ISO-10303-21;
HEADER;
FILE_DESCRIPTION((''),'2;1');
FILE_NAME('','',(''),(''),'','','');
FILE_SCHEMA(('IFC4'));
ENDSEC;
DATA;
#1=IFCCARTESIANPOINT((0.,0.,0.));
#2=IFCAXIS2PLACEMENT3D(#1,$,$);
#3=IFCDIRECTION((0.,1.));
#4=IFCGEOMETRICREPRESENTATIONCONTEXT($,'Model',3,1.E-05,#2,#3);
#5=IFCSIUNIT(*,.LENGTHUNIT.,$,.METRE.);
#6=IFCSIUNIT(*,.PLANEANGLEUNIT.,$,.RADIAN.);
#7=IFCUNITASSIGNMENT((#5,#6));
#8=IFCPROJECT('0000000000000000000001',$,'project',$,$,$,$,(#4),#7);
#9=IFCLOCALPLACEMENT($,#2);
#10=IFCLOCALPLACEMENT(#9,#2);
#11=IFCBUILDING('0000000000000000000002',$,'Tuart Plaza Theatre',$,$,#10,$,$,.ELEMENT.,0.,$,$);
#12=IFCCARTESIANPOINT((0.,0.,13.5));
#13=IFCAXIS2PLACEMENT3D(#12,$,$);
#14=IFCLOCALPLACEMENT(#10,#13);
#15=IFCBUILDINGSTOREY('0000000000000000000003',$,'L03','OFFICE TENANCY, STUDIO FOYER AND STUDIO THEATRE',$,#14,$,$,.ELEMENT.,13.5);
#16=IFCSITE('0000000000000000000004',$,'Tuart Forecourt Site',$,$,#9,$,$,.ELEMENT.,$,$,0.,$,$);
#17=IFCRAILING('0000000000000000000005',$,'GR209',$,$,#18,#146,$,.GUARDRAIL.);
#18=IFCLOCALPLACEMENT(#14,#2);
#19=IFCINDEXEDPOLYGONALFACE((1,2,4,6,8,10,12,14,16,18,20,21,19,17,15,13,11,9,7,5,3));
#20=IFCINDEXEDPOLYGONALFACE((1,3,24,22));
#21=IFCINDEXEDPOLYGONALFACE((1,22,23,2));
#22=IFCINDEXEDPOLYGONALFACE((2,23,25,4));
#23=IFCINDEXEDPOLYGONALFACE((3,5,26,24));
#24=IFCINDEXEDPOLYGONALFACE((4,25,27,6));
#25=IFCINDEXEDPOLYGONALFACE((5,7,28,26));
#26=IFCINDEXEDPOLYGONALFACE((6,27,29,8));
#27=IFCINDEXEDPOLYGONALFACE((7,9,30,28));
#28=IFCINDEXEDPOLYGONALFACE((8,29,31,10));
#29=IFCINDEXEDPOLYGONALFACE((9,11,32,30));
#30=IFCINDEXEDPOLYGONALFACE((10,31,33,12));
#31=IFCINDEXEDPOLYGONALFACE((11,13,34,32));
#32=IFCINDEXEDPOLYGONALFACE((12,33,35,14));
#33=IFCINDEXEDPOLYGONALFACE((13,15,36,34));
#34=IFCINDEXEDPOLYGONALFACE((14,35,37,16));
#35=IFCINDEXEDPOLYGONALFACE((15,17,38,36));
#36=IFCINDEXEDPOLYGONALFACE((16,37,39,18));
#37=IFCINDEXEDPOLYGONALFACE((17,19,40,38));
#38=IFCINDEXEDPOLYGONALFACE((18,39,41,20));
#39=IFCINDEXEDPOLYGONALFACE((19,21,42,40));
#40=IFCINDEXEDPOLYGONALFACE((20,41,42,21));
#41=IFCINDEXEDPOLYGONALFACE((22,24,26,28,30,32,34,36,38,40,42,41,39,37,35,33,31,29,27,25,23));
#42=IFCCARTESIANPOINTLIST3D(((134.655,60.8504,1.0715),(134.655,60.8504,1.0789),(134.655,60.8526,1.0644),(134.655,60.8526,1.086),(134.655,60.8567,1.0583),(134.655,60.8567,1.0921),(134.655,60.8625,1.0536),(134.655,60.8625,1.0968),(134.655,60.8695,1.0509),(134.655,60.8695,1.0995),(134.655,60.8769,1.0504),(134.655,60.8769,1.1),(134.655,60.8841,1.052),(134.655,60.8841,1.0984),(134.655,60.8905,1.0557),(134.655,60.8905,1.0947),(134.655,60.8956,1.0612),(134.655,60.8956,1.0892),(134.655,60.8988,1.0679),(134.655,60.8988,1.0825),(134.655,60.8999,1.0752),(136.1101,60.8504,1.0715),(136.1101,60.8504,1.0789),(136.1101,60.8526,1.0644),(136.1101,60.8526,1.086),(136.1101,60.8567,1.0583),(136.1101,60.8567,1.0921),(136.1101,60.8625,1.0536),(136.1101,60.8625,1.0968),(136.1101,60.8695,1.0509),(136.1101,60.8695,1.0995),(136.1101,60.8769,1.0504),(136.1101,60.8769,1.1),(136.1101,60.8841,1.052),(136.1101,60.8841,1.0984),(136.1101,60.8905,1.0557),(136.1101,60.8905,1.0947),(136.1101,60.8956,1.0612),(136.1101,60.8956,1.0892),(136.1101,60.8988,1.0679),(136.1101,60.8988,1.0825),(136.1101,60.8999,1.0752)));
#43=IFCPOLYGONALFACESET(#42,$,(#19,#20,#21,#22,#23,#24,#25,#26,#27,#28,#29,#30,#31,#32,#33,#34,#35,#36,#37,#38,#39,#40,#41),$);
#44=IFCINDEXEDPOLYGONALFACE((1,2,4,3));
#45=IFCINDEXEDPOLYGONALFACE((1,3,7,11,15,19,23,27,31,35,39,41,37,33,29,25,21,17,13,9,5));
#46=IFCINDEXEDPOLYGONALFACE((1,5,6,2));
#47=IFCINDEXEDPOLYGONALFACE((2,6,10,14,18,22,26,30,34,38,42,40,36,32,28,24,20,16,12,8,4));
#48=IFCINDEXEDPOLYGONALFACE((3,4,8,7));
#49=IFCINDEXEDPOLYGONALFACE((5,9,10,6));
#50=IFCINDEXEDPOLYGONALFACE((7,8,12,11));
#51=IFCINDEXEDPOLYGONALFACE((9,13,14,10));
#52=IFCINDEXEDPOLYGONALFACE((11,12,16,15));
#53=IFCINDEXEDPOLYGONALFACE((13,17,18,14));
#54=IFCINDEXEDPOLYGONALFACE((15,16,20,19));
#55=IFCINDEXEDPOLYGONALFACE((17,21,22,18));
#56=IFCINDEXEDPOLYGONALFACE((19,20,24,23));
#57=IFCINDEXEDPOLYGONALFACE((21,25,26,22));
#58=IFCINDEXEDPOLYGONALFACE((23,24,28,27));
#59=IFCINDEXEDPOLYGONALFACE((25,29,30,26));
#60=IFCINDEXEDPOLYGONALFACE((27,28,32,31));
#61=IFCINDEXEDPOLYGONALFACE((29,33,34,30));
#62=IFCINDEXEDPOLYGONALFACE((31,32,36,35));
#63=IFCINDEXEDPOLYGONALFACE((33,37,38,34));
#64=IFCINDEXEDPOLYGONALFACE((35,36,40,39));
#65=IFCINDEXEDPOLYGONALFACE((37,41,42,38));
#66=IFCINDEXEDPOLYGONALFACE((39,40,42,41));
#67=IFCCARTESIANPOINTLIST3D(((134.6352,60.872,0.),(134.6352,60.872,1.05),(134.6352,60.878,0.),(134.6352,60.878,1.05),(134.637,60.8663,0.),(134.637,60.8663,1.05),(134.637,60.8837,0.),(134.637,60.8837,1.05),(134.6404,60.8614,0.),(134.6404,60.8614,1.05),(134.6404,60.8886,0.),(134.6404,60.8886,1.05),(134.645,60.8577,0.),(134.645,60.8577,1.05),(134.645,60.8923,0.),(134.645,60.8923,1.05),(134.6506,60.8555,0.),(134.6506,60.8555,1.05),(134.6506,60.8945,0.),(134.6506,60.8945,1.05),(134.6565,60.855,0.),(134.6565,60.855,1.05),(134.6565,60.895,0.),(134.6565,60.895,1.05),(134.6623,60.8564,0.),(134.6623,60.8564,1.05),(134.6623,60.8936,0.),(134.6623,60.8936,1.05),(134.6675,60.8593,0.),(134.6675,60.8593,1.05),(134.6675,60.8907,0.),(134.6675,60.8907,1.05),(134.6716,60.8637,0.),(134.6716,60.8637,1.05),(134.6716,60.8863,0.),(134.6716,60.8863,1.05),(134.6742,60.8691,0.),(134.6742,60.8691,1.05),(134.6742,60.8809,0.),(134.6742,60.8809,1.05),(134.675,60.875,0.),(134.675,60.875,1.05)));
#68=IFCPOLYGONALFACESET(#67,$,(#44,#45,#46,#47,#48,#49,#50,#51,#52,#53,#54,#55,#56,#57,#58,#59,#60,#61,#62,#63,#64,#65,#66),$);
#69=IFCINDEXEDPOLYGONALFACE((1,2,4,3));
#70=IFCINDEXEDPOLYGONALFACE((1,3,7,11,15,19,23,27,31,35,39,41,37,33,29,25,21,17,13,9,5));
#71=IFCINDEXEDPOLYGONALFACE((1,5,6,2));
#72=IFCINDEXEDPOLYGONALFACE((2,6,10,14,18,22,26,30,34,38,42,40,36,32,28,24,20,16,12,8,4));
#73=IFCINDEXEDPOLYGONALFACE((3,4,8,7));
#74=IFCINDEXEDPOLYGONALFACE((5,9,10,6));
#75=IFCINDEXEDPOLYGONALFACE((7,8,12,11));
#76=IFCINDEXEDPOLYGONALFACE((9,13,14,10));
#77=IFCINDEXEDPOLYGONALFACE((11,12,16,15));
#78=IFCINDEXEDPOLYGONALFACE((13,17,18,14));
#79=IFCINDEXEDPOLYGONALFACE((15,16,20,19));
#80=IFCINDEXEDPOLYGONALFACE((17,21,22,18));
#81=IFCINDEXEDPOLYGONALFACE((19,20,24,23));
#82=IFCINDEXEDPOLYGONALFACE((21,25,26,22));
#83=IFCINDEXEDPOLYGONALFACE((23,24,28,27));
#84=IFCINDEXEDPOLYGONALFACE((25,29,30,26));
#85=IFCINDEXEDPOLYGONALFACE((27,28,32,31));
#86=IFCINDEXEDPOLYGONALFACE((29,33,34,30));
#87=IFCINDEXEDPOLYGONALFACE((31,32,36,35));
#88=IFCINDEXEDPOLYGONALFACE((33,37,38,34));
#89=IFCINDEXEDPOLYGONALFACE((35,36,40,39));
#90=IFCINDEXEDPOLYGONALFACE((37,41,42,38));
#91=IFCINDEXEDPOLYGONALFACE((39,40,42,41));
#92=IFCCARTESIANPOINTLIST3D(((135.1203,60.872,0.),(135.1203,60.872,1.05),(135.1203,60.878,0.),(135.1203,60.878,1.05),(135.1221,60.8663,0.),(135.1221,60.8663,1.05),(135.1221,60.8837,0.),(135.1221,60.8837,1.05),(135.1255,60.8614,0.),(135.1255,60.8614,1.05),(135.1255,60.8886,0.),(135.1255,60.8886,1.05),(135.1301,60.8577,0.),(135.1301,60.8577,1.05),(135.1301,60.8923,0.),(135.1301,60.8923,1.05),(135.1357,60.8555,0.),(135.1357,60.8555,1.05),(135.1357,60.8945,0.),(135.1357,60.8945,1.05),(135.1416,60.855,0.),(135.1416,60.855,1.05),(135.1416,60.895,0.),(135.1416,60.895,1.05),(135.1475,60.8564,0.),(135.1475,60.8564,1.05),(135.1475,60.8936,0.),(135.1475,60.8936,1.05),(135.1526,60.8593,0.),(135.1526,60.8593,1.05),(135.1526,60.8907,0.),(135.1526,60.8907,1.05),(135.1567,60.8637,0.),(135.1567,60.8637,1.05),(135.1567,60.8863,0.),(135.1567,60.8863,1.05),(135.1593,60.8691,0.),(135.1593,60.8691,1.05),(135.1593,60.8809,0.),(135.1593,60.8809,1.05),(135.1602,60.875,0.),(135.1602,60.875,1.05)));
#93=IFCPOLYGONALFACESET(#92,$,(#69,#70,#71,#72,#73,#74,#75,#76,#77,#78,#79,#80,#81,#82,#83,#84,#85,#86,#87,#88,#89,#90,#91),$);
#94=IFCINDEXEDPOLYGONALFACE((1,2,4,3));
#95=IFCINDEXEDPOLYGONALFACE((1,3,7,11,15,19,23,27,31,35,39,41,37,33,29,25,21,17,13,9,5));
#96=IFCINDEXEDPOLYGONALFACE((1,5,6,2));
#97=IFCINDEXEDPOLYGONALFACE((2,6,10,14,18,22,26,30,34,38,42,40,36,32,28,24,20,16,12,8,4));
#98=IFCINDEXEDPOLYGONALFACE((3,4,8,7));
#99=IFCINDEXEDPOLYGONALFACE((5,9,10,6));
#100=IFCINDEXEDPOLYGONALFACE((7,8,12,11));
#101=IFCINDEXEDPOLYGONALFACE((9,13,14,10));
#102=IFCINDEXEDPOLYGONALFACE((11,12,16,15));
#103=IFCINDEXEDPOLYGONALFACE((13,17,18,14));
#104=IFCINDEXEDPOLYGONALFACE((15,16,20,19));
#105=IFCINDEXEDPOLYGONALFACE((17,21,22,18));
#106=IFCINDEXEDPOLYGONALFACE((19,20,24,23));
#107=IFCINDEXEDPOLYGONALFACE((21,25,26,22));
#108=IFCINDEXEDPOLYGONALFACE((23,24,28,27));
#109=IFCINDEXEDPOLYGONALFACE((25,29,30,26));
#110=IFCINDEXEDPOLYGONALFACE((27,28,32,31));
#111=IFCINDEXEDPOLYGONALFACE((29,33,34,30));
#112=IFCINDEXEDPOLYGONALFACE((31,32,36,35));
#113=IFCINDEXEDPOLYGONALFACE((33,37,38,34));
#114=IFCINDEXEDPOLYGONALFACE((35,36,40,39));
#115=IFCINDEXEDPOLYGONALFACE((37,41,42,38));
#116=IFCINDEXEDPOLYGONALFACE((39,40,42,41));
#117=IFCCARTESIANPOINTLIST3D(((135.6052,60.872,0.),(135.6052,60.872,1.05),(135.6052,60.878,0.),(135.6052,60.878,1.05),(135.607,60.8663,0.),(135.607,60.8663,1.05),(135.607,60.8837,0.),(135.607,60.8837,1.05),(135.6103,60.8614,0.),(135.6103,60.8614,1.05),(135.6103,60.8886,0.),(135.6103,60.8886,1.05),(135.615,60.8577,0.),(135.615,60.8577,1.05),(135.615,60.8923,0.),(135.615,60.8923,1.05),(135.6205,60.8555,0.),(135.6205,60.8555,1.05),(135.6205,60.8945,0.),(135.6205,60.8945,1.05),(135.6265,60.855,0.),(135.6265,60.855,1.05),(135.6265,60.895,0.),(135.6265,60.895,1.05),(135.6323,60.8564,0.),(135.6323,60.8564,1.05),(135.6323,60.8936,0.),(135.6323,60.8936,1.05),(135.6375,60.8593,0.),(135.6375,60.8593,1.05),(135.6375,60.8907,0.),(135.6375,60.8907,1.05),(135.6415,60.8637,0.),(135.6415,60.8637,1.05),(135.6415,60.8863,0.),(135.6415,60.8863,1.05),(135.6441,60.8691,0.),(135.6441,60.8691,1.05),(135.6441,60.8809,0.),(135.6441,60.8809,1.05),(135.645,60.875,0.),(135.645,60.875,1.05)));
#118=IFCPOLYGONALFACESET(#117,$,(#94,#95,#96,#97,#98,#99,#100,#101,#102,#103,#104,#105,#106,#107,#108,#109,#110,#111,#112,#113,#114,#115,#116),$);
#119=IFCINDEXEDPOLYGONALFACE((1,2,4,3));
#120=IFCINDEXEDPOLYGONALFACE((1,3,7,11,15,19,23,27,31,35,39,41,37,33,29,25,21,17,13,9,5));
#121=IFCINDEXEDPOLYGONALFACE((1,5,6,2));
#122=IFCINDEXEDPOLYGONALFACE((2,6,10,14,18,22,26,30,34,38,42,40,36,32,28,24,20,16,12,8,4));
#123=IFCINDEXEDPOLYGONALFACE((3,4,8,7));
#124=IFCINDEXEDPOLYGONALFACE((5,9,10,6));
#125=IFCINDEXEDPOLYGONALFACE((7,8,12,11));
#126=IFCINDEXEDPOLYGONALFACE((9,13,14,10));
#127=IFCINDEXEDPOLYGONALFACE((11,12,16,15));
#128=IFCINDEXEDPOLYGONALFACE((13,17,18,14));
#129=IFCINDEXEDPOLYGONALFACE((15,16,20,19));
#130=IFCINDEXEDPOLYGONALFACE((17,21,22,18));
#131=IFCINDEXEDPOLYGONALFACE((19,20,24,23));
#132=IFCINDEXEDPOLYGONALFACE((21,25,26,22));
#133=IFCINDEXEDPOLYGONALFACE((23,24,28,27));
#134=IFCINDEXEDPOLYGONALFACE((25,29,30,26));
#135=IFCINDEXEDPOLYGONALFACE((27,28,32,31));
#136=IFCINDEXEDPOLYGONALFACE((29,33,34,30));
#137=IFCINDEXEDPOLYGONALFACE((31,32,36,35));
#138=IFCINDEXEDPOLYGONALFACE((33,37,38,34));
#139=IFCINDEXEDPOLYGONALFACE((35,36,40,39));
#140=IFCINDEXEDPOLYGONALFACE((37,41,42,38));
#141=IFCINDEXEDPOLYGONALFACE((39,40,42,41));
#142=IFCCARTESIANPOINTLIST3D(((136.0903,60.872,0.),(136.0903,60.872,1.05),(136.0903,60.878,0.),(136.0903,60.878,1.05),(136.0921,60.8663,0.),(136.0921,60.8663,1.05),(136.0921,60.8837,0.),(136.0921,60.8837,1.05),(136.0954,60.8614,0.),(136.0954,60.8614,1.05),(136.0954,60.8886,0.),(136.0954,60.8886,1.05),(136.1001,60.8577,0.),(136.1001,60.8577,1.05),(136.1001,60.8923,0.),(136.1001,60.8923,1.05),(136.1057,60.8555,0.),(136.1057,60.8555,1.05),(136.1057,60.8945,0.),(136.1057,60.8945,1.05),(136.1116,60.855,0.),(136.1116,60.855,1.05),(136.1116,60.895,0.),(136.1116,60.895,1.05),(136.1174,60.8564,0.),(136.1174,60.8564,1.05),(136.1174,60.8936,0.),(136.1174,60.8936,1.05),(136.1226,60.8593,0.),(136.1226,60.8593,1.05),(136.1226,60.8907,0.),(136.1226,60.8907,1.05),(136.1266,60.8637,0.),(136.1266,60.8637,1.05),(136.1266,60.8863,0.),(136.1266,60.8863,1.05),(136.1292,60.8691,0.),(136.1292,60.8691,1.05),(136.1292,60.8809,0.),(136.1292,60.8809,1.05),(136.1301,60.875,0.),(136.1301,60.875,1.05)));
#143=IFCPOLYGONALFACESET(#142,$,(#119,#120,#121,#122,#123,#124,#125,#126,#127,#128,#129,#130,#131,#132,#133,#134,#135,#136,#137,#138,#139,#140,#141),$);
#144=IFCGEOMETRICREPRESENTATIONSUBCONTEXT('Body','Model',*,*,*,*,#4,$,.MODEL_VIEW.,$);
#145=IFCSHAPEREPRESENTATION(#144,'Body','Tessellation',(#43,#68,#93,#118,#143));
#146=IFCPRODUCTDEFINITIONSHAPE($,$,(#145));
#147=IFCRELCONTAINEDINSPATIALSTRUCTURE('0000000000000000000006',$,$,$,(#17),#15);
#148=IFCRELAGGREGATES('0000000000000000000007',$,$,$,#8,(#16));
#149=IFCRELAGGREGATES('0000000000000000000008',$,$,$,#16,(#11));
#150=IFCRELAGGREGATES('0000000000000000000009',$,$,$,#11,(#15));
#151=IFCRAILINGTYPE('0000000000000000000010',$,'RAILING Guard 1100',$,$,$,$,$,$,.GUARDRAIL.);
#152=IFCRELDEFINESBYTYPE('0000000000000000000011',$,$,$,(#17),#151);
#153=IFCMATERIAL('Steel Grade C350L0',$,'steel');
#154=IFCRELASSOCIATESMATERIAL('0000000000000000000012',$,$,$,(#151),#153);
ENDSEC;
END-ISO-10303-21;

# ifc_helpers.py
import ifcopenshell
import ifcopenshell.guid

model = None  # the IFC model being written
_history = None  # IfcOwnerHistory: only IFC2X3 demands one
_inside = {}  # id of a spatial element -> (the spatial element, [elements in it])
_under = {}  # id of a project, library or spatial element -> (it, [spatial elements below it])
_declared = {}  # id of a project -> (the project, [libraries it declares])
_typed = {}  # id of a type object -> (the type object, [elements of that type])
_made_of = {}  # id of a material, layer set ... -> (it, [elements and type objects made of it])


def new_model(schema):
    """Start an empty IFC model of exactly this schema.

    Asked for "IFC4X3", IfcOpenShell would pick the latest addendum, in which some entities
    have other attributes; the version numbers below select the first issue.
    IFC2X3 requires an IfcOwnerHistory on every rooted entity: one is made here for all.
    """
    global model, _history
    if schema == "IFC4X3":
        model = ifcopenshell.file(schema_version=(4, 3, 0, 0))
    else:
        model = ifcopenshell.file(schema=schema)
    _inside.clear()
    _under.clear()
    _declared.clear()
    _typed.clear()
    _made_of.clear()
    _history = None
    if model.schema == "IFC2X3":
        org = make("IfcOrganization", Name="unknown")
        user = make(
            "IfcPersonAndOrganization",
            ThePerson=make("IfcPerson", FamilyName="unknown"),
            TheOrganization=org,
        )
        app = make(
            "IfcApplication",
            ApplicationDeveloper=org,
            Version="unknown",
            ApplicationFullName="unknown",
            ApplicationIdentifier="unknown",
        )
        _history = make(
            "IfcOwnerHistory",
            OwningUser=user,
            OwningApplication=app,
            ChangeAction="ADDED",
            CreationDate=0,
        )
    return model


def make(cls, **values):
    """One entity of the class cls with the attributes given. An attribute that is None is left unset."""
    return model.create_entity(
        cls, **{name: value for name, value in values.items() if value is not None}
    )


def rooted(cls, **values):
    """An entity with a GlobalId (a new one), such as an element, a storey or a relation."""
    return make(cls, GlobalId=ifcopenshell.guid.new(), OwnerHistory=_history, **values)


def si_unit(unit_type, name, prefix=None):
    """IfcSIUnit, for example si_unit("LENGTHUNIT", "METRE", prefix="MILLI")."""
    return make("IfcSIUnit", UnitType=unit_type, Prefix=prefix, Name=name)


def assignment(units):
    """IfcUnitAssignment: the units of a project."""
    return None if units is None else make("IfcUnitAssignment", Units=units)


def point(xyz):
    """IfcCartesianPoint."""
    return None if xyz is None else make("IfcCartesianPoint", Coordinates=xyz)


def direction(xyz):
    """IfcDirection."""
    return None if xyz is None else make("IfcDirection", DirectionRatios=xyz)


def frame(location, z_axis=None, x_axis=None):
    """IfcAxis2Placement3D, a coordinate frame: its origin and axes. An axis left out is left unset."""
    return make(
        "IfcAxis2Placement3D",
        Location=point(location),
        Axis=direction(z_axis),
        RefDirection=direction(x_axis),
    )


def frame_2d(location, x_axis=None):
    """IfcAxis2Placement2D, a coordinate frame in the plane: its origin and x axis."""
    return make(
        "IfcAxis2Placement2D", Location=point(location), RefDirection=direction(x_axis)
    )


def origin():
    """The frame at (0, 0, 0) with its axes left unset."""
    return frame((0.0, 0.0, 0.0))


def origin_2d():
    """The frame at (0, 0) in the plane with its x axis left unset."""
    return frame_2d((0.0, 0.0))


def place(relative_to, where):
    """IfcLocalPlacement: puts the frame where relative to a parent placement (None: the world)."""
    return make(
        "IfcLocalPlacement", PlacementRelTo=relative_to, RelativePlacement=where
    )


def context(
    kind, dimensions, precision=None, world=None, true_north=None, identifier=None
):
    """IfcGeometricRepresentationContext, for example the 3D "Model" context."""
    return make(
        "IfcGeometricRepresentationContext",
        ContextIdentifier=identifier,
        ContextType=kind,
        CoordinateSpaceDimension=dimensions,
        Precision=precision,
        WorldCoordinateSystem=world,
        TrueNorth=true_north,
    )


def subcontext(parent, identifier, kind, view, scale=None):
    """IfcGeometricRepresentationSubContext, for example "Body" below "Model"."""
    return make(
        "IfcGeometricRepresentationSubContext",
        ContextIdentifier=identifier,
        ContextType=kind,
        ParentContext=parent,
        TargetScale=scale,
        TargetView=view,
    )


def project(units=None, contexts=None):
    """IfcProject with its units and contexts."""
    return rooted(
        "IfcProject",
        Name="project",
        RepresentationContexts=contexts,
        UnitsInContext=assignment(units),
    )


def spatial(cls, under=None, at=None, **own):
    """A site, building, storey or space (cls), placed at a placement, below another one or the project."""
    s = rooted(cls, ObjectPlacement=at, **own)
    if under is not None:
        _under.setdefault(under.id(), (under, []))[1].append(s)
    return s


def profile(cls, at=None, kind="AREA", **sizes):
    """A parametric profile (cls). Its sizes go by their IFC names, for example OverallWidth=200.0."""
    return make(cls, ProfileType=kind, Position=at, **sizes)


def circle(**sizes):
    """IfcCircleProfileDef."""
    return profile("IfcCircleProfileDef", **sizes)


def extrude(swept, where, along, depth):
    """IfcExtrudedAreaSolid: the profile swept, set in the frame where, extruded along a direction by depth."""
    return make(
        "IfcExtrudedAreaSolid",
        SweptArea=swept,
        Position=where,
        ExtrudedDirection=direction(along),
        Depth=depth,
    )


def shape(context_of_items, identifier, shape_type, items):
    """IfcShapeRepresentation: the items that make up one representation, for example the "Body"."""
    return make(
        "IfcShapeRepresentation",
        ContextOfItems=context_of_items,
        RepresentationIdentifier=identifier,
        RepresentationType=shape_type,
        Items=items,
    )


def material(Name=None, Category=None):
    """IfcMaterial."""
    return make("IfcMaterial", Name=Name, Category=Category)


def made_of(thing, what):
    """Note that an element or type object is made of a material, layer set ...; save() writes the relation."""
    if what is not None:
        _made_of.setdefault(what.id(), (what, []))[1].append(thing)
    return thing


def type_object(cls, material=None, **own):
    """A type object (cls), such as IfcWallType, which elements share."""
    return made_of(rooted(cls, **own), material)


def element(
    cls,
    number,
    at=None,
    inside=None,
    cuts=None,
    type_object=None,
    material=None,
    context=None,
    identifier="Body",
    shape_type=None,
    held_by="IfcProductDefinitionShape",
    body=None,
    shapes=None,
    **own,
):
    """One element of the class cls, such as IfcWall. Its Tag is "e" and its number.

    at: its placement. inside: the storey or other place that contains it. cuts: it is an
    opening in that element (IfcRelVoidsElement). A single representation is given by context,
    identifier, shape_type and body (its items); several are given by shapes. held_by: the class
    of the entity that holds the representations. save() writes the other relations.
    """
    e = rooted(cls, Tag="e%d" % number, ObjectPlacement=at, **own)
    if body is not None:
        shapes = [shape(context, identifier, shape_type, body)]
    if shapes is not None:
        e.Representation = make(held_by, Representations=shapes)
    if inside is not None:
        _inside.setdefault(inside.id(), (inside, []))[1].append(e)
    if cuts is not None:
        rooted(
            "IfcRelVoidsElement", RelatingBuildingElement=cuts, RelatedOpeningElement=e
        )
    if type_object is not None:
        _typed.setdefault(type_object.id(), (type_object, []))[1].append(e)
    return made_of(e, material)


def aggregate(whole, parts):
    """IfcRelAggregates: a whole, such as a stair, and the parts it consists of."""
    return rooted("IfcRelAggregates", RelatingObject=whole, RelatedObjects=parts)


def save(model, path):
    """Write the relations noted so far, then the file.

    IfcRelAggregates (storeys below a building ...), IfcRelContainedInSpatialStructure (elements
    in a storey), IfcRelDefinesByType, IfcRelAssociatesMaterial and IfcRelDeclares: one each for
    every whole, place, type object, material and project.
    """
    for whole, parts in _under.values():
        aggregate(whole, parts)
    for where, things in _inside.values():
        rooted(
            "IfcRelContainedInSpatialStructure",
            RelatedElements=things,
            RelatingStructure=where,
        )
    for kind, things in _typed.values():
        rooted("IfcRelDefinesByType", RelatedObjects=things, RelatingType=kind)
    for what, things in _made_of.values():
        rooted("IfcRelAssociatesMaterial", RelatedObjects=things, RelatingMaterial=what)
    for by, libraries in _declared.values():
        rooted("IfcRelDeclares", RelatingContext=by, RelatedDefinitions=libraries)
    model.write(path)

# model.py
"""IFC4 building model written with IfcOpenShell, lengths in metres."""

from ifc_helpers import new_model, si_unit, direction, frame, origin, origin_2d, place, context, subcontext, project, spatial, circle, extrude, material, type_object, element, save


model = new_model("IFC4")

# Units and contexts
model_context = context("Model", 3, precision=1e-05, world=origin(), true_north=direction((0.0, 1.0)))
body_context = subcontext(model_context, "Body", "Model", "MODEL_VIEW")
ifc_project = project(units=[si_unit("LENGTHUNIT", "METRE"), si_unit("PLANEANGLEUNIT", "RADIAN")], contexts=[model_context])

# Site, building, storey
site_placement = place(None, origin())
site = spatial("IfcSite", under=ifc_project, at=site_placement, Name="Tuart Forecourt Site", CompositionType="ELEMENT", RefElevation=0.0)
building_placement = place(site_placement, origin())
building = spatial("IfcBuilding", under=site, at=building_placement, Name="Tuart Plaza Theatre", CompositionType="ELEMENT", ElevationOfRefHeight=0.0)
storey_placement = place(building_placement, frame((0.0, 0.0, 13.5)))
storey = spatial("IfcBuildingStorey", under=building, at=storey_placement, Name="L03", Description="OFFICE TENANCY, STUDIO FOYER AND STUDIO THEATRE", CompositionType="ELEMENT", Elevation=13.5)

# Railing
ifc_material_1 = material(Name="Steel Grade C350L0", Category="steel")
railing_type_1 = type_object("IfcRailingType", Name="RAILING Guard 1100", PredefinedType="GUARDRAIL", material=ifc_material_1)
railing_1_placement = place(storey_placement, frame((134.655, 60.875, 0.0)))
element("IfcRailing", 1, at=railing_1_placement, inside=storey, type_object=railing_type_1, Name="GR209", PredefinedType="GUARDRAIL", context=body_context, shape_type="SweptSolid", body=[
    extrude(circle(Radius=0.0249, at=origin_2d()), frame((0.0, 0.0, 1.0752), z_axis=(1.0, 0.0, 0.0), x_axis=(0.0, 1.0, 0.0)), (0.0, 0.0, 1.0), 1.4551),
    extrude(circle(Radius=0.02, at=origin_2d()), origin(), (0.0, 0.0, 1.0), 1.05),
    extrude(circle(Radius=0.02, at=origin_2d()), frame((0.4851, 0.0, 0.0)), (0.0, 0.0, 1.0), 1.05),
    extrude(circle(Radius=0.02, at=origin_2d()), frame((0.97, 0.0, 0.0)), (0.0, 0.0, 1.0), 1.05),
    extrude(circle(Radius=0.02, at=origin_2d()), frame((1.4551, 0.0, 0.0)), (0.0, 0.0, 1.0), 1.05),
])

save(model, "model.ifc")
